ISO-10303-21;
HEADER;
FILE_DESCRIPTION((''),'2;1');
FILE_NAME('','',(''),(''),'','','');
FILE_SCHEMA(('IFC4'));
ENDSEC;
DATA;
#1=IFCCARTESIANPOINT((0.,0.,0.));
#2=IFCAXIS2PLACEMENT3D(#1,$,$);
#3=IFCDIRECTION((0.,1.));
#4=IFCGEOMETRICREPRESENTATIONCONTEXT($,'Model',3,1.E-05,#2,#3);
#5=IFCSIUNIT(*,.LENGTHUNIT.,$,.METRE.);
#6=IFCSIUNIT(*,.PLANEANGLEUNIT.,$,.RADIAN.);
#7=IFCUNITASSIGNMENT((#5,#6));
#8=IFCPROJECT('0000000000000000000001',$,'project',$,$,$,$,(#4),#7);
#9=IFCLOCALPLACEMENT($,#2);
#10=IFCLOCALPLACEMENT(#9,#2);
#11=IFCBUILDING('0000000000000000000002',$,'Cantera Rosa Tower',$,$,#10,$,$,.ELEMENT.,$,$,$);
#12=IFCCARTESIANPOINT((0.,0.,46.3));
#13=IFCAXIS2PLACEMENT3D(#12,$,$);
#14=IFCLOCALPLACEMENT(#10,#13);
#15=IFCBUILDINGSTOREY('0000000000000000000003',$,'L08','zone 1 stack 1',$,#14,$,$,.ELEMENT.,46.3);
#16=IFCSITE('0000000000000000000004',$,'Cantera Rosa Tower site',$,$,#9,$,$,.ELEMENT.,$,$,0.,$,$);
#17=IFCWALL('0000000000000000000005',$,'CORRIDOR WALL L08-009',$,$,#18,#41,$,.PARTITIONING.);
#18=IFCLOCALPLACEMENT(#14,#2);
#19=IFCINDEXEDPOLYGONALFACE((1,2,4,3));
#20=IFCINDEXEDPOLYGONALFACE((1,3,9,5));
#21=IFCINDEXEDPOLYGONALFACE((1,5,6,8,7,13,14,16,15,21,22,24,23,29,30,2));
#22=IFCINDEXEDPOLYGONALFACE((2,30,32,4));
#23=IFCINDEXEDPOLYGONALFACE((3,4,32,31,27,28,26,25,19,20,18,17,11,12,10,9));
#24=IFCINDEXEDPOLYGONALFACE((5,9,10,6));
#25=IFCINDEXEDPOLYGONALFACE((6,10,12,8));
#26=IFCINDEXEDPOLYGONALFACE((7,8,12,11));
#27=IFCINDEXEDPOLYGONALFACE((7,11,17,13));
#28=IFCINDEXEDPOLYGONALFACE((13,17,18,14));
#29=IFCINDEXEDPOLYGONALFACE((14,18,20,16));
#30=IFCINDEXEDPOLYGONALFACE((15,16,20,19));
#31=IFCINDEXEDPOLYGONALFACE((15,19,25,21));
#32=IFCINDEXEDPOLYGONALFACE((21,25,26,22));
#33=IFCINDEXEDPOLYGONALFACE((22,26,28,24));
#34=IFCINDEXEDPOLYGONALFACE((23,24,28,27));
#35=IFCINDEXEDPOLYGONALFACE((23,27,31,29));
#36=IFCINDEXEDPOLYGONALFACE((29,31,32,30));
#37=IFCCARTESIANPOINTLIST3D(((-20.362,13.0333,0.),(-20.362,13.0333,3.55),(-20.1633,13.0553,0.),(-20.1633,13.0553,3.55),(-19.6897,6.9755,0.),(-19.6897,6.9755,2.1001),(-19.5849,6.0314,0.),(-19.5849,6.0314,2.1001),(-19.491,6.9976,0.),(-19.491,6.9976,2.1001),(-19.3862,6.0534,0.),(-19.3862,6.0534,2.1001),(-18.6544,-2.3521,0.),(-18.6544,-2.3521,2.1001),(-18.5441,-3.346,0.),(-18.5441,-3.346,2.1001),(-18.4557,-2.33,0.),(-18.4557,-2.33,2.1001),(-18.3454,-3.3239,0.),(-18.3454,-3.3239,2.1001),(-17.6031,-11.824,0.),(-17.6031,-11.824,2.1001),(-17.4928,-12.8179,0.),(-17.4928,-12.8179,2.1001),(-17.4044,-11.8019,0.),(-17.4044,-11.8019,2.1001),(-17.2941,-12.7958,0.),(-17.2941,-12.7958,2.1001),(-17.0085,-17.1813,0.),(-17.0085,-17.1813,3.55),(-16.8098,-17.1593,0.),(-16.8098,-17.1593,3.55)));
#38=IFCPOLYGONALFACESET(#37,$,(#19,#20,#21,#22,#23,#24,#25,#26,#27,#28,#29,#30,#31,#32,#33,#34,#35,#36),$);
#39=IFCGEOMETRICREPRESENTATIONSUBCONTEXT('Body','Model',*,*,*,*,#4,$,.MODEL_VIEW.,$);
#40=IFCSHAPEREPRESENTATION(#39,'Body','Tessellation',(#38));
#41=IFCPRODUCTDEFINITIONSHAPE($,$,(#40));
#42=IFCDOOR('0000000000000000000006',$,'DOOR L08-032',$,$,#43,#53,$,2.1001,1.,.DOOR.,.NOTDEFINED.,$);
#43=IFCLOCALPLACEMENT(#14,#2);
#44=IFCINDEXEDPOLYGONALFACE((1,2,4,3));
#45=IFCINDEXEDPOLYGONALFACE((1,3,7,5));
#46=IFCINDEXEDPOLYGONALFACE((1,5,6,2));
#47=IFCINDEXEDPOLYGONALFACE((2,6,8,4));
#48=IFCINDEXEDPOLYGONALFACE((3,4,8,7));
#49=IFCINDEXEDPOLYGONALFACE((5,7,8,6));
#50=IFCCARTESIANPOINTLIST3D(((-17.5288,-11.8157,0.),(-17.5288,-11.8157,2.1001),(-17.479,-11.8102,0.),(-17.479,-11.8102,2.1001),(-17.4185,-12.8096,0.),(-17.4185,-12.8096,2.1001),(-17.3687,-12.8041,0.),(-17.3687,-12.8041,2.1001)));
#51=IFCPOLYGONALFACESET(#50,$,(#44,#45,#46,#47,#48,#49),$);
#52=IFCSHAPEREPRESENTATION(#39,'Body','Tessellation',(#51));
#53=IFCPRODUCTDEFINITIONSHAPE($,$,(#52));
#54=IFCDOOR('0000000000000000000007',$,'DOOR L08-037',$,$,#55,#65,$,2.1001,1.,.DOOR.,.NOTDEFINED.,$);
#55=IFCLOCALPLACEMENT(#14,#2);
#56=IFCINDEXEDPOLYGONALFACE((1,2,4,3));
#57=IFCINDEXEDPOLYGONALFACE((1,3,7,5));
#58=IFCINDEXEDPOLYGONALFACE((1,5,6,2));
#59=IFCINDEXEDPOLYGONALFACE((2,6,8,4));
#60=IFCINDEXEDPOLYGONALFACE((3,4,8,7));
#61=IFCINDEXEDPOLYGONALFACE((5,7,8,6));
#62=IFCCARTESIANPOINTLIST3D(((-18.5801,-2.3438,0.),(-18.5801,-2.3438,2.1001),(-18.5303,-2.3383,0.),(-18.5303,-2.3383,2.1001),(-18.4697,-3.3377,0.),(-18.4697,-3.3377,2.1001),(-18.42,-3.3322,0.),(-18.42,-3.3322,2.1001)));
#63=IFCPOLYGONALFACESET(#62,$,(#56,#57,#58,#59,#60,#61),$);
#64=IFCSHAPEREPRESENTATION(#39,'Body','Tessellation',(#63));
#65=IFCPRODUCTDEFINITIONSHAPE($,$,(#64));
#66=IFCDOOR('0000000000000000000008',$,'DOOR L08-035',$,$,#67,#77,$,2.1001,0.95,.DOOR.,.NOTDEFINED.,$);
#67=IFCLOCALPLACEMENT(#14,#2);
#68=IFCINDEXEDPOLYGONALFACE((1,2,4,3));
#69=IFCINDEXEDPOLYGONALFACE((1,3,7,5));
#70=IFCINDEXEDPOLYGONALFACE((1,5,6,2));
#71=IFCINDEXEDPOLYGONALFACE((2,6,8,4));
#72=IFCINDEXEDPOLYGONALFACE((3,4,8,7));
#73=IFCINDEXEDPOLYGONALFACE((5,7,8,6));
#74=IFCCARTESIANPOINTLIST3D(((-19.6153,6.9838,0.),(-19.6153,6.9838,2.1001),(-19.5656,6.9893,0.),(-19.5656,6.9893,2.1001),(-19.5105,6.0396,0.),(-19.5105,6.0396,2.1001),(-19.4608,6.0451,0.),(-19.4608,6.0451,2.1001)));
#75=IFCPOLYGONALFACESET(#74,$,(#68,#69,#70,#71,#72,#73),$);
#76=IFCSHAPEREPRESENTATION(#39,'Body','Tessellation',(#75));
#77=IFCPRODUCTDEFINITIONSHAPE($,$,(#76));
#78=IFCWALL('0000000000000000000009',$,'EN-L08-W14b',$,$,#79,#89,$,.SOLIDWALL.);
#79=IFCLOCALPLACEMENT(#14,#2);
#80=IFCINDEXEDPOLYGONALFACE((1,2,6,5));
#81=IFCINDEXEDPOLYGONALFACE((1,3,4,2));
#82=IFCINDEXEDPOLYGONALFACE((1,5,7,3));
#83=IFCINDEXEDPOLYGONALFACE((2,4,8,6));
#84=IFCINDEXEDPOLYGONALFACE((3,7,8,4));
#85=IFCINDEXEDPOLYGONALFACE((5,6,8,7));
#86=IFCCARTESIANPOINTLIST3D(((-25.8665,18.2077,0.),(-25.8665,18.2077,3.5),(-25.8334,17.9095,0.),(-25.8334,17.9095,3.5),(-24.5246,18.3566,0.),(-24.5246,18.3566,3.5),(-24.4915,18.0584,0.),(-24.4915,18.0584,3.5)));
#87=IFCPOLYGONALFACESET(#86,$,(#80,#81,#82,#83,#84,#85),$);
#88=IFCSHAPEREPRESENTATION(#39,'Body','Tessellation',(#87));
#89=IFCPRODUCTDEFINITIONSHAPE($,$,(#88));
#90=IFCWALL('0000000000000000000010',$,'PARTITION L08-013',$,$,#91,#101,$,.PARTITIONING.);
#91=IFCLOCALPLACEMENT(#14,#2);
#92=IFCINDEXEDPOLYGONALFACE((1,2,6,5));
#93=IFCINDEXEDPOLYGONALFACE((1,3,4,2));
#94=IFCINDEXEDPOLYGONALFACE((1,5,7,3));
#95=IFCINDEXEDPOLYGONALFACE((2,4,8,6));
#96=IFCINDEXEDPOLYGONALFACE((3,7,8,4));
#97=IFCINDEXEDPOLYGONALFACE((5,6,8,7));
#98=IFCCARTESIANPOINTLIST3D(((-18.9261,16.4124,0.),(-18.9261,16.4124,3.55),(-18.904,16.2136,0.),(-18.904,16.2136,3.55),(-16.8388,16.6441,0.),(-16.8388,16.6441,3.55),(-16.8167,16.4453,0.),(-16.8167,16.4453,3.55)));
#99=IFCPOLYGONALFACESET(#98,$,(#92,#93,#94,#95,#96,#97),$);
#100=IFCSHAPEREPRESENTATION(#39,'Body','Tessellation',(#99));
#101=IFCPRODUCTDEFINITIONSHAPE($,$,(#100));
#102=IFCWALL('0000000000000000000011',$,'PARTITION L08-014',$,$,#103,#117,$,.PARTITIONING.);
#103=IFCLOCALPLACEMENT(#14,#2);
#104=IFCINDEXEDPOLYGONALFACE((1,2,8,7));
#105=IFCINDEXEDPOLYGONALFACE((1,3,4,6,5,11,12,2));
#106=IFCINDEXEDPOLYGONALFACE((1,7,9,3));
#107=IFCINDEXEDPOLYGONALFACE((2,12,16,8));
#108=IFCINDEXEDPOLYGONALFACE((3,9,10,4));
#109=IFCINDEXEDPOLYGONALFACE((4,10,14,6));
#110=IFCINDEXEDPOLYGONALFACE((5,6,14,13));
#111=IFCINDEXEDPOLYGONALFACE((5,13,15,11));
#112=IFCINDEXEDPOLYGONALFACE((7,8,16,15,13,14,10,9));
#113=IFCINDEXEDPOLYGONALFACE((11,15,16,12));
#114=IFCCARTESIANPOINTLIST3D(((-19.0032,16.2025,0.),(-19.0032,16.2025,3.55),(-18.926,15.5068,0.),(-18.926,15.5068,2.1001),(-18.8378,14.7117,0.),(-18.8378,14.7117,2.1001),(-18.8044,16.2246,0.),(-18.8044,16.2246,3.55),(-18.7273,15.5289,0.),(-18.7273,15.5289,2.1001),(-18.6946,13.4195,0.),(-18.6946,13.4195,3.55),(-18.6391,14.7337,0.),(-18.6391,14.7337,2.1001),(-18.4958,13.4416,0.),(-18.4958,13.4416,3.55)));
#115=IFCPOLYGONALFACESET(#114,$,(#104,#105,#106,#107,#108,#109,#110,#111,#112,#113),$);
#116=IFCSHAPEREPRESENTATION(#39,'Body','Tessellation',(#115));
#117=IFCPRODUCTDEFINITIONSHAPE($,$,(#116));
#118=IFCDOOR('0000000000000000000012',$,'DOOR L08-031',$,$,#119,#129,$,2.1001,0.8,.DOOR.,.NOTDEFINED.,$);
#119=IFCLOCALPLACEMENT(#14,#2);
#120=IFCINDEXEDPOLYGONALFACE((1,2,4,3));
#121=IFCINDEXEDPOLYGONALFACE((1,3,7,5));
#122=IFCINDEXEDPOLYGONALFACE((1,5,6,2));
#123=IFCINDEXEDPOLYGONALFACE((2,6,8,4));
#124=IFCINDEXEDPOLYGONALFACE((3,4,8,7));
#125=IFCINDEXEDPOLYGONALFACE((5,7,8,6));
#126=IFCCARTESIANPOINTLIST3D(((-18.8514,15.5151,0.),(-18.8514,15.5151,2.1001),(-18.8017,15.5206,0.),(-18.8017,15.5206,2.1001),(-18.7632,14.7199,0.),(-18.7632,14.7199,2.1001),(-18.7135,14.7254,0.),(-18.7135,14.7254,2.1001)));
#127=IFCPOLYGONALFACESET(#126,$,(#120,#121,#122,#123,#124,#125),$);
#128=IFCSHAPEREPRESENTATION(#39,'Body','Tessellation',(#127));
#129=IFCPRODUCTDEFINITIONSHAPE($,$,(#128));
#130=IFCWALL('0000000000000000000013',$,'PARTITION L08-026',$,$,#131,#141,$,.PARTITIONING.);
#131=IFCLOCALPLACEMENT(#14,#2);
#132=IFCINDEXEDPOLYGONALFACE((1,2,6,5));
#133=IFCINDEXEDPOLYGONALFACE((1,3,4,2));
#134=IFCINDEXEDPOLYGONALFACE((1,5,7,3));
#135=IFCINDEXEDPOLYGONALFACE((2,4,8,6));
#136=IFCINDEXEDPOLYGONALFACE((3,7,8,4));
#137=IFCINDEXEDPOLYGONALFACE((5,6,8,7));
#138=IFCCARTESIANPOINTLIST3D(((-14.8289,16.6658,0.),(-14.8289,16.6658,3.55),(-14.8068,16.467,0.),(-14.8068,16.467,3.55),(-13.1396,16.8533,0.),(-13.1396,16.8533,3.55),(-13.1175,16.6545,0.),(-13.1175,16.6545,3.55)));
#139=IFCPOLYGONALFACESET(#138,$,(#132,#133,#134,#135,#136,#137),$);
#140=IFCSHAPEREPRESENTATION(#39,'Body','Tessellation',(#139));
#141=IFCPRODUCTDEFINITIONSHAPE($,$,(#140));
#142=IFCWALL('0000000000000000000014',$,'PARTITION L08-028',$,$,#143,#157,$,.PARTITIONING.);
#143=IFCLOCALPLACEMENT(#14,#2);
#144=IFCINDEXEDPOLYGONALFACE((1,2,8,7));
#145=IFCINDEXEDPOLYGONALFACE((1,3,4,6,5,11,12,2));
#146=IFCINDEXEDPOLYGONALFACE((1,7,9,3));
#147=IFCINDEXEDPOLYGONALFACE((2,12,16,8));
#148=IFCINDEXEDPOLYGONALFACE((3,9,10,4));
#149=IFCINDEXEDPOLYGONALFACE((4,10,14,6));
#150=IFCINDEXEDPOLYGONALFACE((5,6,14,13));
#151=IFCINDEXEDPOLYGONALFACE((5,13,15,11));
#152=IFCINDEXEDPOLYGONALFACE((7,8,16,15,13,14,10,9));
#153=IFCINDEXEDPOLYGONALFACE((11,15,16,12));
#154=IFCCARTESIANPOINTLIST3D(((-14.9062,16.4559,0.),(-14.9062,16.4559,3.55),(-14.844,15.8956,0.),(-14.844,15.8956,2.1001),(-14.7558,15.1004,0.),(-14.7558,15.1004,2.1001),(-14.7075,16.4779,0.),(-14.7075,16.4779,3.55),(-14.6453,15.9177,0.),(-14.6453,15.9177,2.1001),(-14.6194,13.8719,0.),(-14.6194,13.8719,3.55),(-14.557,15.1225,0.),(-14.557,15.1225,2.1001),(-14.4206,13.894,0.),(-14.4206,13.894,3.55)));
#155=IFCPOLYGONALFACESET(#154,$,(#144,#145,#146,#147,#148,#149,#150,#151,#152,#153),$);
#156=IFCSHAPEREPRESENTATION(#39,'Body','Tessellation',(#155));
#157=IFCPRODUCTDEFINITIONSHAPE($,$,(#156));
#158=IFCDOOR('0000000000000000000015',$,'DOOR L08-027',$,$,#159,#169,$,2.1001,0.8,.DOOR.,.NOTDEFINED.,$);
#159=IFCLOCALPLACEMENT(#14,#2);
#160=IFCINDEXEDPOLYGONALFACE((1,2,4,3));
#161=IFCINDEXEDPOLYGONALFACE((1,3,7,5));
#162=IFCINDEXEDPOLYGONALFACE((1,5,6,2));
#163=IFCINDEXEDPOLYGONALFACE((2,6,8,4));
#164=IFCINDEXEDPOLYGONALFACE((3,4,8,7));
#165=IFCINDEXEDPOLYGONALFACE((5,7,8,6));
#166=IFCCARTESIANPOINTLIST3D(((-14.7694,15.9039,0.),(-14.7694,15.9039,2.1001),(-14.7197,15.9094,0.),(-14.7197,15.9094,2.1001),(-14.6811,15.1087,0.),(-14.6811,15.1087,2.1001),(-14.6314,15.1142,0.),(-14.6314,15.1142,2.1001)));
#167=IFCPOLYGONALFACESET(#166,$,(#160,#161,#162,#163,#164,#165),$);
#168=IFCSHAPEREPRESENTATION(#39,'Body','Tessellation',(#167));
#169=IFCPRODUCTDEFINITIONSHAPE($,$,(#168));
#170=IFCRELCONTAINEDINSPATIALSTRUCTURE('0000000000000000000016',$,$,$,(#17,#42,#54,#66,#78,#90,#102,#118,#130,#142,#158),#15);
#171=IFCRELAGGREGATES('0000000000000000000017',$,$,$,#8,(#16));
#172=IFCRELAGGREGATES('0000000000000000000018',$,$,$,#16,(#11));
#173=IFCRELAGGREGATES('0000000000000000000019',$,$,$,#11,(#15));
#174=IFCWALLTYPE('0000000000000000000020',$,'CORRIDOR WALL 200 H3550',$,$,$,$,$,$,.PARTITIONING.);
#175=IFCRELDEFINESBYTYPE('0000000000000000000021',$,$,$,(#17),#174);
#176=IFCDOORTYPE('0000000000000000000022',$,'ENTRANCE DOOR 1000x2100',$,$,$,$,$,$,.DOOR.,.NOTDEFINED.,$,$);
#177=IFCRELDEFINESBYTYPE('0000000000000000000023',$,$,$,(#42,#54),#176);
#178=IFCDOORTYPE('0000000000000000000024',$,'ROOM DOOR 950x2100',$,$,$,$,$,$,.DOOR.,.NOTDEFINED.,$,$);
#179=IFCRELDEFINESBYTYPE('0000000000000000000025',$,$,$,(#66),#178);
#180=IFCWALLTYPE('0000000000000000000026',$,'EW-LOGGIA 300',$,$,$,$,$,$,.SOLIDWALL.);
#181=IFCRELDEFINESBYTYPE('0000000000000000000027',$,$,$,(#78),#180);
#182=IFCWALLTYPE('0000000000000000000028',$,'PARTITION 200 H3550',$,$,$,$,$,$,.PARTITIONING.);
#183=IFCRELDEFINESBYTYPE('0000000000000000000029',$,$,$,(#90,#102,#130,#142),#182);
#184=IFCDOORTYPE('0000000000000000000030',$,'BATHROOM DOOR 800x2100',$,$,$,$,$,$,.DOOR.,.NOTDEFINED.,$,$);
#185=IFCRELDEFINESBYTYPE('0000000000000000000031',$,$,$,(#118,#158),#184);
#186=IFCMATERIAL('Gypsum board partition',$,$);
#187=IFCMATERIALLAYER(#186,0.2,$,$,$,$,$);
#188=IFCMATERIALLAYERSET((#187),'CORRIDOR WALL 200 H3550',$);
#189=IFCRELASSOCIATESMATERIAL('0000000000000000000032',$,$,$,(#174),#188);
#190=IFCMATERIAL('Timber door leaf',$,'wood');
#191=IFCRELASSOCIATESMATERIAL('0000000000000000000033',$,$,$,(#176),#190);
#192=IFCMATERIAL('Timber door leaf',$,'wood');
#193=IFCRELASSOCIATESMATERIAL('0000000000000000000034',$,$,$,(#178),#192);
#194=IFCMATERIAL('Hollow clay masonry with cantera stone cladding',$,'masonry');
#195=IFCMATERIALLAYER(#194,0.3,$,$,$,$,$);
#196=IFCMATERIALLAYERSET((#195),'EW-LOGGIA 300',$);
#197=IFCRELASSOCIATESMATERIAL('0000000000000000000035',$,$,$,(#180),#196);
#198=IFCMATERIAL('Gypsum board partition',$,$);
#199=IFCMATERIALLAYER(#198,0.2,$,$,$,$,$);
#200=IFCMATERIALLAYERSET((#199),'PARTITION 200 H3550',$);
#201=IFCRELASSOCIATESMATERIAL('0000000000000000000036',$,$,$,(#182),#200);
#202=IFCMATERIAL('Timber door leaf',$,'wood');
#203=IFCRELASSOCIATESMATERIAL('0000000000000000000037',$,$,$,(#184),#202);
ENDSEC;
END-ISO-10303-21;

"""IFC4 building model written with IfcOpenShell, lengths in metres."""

from ifc_helpers import new_model, si_unit, direction, frame, frame_2d, origin, place, context, subcontext, project, spatial, rectangle, extrude, material, layer, layer_set, type_object, element, fill, save


model = new_model("IFC4")

# Units and contexts
model_context = context("Model", 3, precision=1e-05, world=origin(), true_north=direction((0.0, 1.0)))
body_context = subcontext(model_context, "Body", "Model", "MODEL_VIEW")
ifc_project = project(units=[si_unit("LENGTHUNIT", "METRE"), si_unit("PLANEANGLEUNIT", "RADIAN")], contexts=[model_context])

# Site, building, storey
site_placement = place(None, origin())
site = spatial("IfcSite", under=ifc_project, at=site_placement, Name="Cantera Rosa Tower site", CompositionType="ELEMENT", RefElevation=0.0)
building_placement = place(site_placement, origin())
building = spatial("IfcBuilding", under=site, at=building_placement, Name="Cantera Rosa Tower", CompositionType="ELEMENT")
storey_placement = place(building_placement, frame((0.0, 0.0, 46.3)))
storey = spatial("IfcBuildingStorey", under=building, at=storey_placement, Name="L08", Description="zone 1 stack 1", CompositionType="ELEMENT", Elevation=46.3)

# Wall, openings, doors
ifc_material_1 = material(Name="Gypsum board partition")
ifc_layer_1 = layer(ifc_material_1, 0.2)
ifc_layer_set_1 = layer_set([ifc_layer_1], Name="CORRIDOR WALL 200 H3550")
wall_type_1 = type_object("IfcWallType", Name="CORRIDOR WALL 200 H3550", PredefinedType="PARTITIONING", material=ifc_layer_set_1)
wall_1_placement = place(storey_placement, frame((-20.2627, 13.0444, 0.0), z_axis=(0.0, 0.0, 1.0), x_axis=(0.110313, -0.993897, 0.0)))
wall_1 = element("IfcWall", 1, at=wall_1_placement, inside=storey, type_object=wall_type_1, Name="CORRIDOR WALL L08-009", PredefinedType="PARTITIONING", context=body_context, shape_type="SweptSolid", body=[
    extrude(rectangle(XDim=30.4001, YDim=0.2, at=frame_2d((15.2002, 0.0))), origin(), (0.0, 0.0, 1.0), 3.55),
])
opening_1_placement = place(wall_1_placement, frame((25.01, 0.0, 0.0)))
opening_1 = element("IfcOpeningElement", 2, at=opening_1_placement, cuts=wall_1, PredefinedType="OPENING", context=body_context, shape_type="SweptSolid", body=[
    extrude(rectangle(XDim=1.0, YDim=2.1001, at=frame_2d((0.5, 1.05))), frame((0.0, 0.1099, 0.0), z_axis=(0.0, -1.0, 0.0), x_axis=(1.0, 0.0, 0.0)), (0.0, 0.0, 1.0), 0.22),
])
opening_2_placement = place(wall_1_placement, frame((6.095, 0.0, 0.0)))
opening_2 = element("IfcOpeningElement", 3, at=opening_2_placement, cuts=wall_1, PredefinedType="OPENING", context=body_context, shape_type="SweptSolid", body=[
    extrude(rectangle(XDim=0.95, YDim=2.1001, at=frame_2d((0.4751, 1.05))), frame((0.0, 0.1099, 0.0), z_axis=(0.0, -1.0, 0.0), x_axis=(1.0, 0.0, 0.0)), (0.0, 0.0, 1.0), 0.22),
])
opening_3_placement = place(wall_1_placement, frame((15.48, 0.0, 0.0)))
opening_3 = element("IfcOpeningElement", 4, at=opening_3_placement, cuts=wall_1, PredefinedType="OPENING", context=body_context, shape_type="SweptSolid", body=[
    extrude(rectangle(XDim=1.0, YDim=2.1001, at=frame_2d((0.5, 1.05))), frame((0.0, 0.1099, 0.0), z_axis=(0.0, -1.0, 0.0), x_axis=(1.0, 0.0, 0.0)), (0.0, 0.0, 1.0), 0.22),
])
ifc_material_2 = material(Name="Timber door leaf", Category="wood")
door_type_1 = type_object("IfcDoorType", Name="ENTRANCE DOOR 1000x2100", OperationType="NOTDEFINED", PredefinedType="DOOR", material=ifc_material_2)
door_1_placement = place(opening_1_placement, origin())
door_1 = element("IfcDoor", 5, at=door_1_placement, inside=storey, type_object=door_type_1, Name="DOOR L08-032", OperationType="NOTDEFINED", OverallHeight=2.1001, OverallWidth=1.0, PredefinedType="DOOR", context=body_context, shape_type="SweptSolid", body=[
    extrude(rectangle(XDim=1.0, YDim=2.1001, at=frame_2d((0.5, 1.05))), frame((0.0, 0.0249, 0.0), z_axis=(0.0, -1.0, 0.0), x_axis=(1.0, 0.0, 0.0)), (0.0, 0.0, 1.0), 0.05),
])
fill(opening_1, door_1)
door_2_placement = place(opening_3_placement, origin())
door_2 = element("IfcDoor", 6, at=door_2_placement, inside=storey, type_object=door_type_1, Name="DOOR L08-037", OperationType="NOTDEFINED", OverallHeight=2.1001, OverallWidth=1.0, PredefinedType="DOOR", context=body_context, shape_type="SweptSolid", body=[
    extrude(rectangle(XDim=1.0, YDim=2.1001, at=frame_2d((0.5, 1.05))), frame((0.0, 0.0249, 0.0), z_axis=(0.0, -1.0, 0.0), x_axis=(1.0, 0.0, 0.0)), (0.0, 0.0, 1.0), 0.05),
])
fill(opening_3, door_2)
ifc_material_3 = material(Name="Timber door leaf", Category="wood")
door_type_2 = type_object("IfcDoorType", Name="ROOM DOOR 950x2100", OperationType="NOTDEFINED", PredefinedType="DOOR", material=ifc_material_3)
door_3_placement = place(opening_2_placement, origin())
door_3 = element("IfcDoor", 7, at=door_3_placement, inside=storey, type_object=door_type_2, Name="DOOR L08-035", OperationType="NOTDEFINED", OverallHeight=2.1001, OverallWidth=0.95, PredefinedType="DOOR", context=body_context, shape_type="SweptSolid", body=[
    extrude(rectangle(XDim=0.95, YDim=2.1001, at=frame_2d((0.4751, 1.05))), frame((0.0, 0.0249, 0.0), z_axis=(0.0, -1.0, 0.0), x_axis=(1.0, 0.0, 0.0)), (0.0, 0.0, 1.0), 0.05),
])
fill(opening_2, door_3)

# Wall
ifc_material_4 = material(Name="Hollow clay masonry with cantera stone cladding", Category="masonry")
ifc_layer_2 = layer(ifc_material_4, 0.3)
ifc_layer_set_2 = layer_set([ifc_layer_2], Name="EW-LOGGIA 300")
wall_type_2 = type_object("IfcWallType", Name="EW-LOGGIA 300", PredefinedType="SOLIDWALL", material=ifc_layer_set_2)
wall_2_placement = place(storey_placement, frame((-24.5081, 18.2075, 0.0), z_axis=(0.0, 0.0, 1.0), x_axis=(-0.993897, -0.110312, 0.0)))
element("IfcWall", 8, at=wall_2_placement, inside=storey, type_object=wall_type_2, Name="EN-L08-W14b", PredefinedType="SOLIDWALL", context=body_context, shape_type="SweptSolid", body=[
    extrude(rectangle(XDim=1.3501, YDim=0.3, at=frame_2d((0.675, 0.0))), origin(), (0.0, 0.0, 1.0), 3.5),
])

# Wall
ifc_material_5 = material(Name="Gypsum board partition")
ifc_layer_3 = layer(ifc_material_5, 0.2)
ifc_layer_set_3 = layer_set([ifc_layer_3], Name="PARTITION 200 H3550")
wall_type_3 = type_object("IfcWallType", Name="PARTITION 200 H3550", PredefinedType="PARTITIONING", material=ifc_layer_set_3)
wall_3_placement = place(storey_placement, frame((-18.915, 16.313, 0.0), z_axis=(0.0, 0.0, 1.0), x_axis=(0.993895, 0.110329, 0.0)))
element("IfcWall", 9, at=wall_3_placement, inside=storey, type_object=wall_type_3, Name="PARTITION L08-013", PredefinedType="PARTITIONING", context=body_context, shape_type="SweptSolid", body=[
    extrude(rectangle(XDim=2.1001, YDim=0.2, at=frame_2d((1.05, 0.0))), origin(), (0.0, 0.0, 1.0), 3.55),
])

# Wall, opening, door
wall_4_placement = place(storey_placement, frame((-18.5952, 13.4307, 0.0), z_axis=(0.0, 0.0, 1.0), x_axis=(-0.110211, 0.993908, 0.0)))
wall_4 = element("IfcWall", 10, at=wall_4_placement, inside=storey, type_object=wall_type_3, Name="PARTITION L08-014", PredefinedType="PARTITIONING", context=body_context, shape_type="SweptSolid", body=[
    extrude(rectangle(XDim=2.8, YDim=0.2, at=frame_2d((1.3999, 0.0))), origin(), (0.0, 0.0, 1.0), 3.55),
])
opening_4_placement = place(wall_4_placement, frame((1.3, 0.0, 0.0)))
opening_4 = element("IfcOpeningElement", 11, at=opening_4_placement, cuts=wall_4, PredefinedType="OPENING", context=body_context, shape_type="SweptSolid", body=[
    extrude(rectangle(XDim=0.8, YDim=2.1001, at=frame_2d((0.3999, 1.05))), frame((0.0, 0.1099, 0.0), z_axis=(0.0, -1.0, 0.0), x_axis=(1.0, 0.0, 0.0)), (0.0, 0.0, 1.0), 0.22),
])
ifc_material_6 = material(Name="Timber door leaf", Category="wood")
door_type_3 = type_object("IfcDoorType", Name="BATHROOM DOOR 800x2100", OperationType="NOTDEFINED", PredefinedType="DOOR", material=ifc_material_6)
door_4_placement = place(opening_4_placement, origin())
door_4 = element("IfcDoor", 12, at=door_4_placement, inside=storey, type_object=door_type_3, Name="DOOR L08-031", OperationType="NOTDEFINED", OverallHeight=2.1001, OverallWidth=0.8, PredefinedType="DOOR", context=body_context, shape_type="SweptSolid", body=[
    extrude(rectangle(XDim=0.8, YDim=2.1001, at=frame_2d((0.3999, 1.05))), frame((0.0, 0.0249, 0.0), z_axis=(0.0, -1.0, 0.0), x_axis=(1.0, 0.0, 0.0)), (0.0, 0.0, 1.0), 0.05),
])
fill(opening_4, door_4)

# Wall
wall_5_placement = place(storey_placement, frame((-14.8179, 16.5664, 0.0), z_axis=(0.0, 0.0, 1.0), x_axis=(0.993898, 0.110305, 0.0)))
element("IfcWall", 13, at=wall_5_placement, inside=storey, type_object=wall_type_3, Name="PARTITION L08-026", PredefinedType="PARTITIONING", context=body_context, shape_type="SweptSolid", body=[
    extrude(rectangle(XDim=1.6997, YDim=0.2, at=frame_2d((0.8499, 0.0))), origin(), (0.0, 0.0, 1.0), 3.55),
])

# Wall, opening, door
wall_6_placement = place(storey_placement, frame((-14.52, 13.8831, 0.0), z_axis=(0.0, 0.0, 1.0), x_axis=(-0.110339, 0.993894, 0.0)))
wall_6 = element("IfcWall", 14, at=wall_6_placement, inside=storey, type_object=wall_type_3, Name="PARTITION L08-028", PredefinedType="PARTITIONING", context=body_context, shape_type="SweptSolid", body=[
    extrude(rectangle(XDim=2.5999, YDim=0.2, at=frame_2d((1.2998, 0.0))), origin(), (0.0, 0.0, 1.0), 3.55),
])
opening_5_placement = place(wall_6_placement, frame((1.2361, 0.0, 0.0)))
opening_5 = element("IfcOpeningElement", 15, at=opening_5_placement, cuts=wall_6, PredefinedType="OPENING", context=body_context, shape_type="SweptSolid", body=[
    extrude(rectangle(XDim=0.8, YDim=2.1001, at=frame_2d((0.3999, 1.05))), frame((0.0, 0.1099, 0.0), z_axis=(0.0, -1.0, 0.0), x_axis=(1.0, 0.0, 0.0)), (0.0, 0.0, 1.0), 0.22),
])
door_5_placement = place(opening_5_placement, origin())
door_5 = element("IfcDoor", 16, at=door_5_placement, inside=storey, type_object=door_type_3, Name="DOOR L08-027", OperationType="NOTDEFINED", OverallHeight=2.1001, OverallWidth=0.8, PredefinedType="DOOR", context=body_context, shape_type="SweptSolid", body=[
    extrude(rectangle(XDim=0.8, YDim=2.1001, at=frame_2d((0.3999, 1.05))), frame((0.0, 0.0249, 0.0), z_axis=(0.0, -1.0, 0.0), x_axis=(1.0, 0.0, 0.0)), (0.0, 0.0, 1.0), 0.05),
])
fill(opening_5, door_5)

save(model, "model.ifc")
